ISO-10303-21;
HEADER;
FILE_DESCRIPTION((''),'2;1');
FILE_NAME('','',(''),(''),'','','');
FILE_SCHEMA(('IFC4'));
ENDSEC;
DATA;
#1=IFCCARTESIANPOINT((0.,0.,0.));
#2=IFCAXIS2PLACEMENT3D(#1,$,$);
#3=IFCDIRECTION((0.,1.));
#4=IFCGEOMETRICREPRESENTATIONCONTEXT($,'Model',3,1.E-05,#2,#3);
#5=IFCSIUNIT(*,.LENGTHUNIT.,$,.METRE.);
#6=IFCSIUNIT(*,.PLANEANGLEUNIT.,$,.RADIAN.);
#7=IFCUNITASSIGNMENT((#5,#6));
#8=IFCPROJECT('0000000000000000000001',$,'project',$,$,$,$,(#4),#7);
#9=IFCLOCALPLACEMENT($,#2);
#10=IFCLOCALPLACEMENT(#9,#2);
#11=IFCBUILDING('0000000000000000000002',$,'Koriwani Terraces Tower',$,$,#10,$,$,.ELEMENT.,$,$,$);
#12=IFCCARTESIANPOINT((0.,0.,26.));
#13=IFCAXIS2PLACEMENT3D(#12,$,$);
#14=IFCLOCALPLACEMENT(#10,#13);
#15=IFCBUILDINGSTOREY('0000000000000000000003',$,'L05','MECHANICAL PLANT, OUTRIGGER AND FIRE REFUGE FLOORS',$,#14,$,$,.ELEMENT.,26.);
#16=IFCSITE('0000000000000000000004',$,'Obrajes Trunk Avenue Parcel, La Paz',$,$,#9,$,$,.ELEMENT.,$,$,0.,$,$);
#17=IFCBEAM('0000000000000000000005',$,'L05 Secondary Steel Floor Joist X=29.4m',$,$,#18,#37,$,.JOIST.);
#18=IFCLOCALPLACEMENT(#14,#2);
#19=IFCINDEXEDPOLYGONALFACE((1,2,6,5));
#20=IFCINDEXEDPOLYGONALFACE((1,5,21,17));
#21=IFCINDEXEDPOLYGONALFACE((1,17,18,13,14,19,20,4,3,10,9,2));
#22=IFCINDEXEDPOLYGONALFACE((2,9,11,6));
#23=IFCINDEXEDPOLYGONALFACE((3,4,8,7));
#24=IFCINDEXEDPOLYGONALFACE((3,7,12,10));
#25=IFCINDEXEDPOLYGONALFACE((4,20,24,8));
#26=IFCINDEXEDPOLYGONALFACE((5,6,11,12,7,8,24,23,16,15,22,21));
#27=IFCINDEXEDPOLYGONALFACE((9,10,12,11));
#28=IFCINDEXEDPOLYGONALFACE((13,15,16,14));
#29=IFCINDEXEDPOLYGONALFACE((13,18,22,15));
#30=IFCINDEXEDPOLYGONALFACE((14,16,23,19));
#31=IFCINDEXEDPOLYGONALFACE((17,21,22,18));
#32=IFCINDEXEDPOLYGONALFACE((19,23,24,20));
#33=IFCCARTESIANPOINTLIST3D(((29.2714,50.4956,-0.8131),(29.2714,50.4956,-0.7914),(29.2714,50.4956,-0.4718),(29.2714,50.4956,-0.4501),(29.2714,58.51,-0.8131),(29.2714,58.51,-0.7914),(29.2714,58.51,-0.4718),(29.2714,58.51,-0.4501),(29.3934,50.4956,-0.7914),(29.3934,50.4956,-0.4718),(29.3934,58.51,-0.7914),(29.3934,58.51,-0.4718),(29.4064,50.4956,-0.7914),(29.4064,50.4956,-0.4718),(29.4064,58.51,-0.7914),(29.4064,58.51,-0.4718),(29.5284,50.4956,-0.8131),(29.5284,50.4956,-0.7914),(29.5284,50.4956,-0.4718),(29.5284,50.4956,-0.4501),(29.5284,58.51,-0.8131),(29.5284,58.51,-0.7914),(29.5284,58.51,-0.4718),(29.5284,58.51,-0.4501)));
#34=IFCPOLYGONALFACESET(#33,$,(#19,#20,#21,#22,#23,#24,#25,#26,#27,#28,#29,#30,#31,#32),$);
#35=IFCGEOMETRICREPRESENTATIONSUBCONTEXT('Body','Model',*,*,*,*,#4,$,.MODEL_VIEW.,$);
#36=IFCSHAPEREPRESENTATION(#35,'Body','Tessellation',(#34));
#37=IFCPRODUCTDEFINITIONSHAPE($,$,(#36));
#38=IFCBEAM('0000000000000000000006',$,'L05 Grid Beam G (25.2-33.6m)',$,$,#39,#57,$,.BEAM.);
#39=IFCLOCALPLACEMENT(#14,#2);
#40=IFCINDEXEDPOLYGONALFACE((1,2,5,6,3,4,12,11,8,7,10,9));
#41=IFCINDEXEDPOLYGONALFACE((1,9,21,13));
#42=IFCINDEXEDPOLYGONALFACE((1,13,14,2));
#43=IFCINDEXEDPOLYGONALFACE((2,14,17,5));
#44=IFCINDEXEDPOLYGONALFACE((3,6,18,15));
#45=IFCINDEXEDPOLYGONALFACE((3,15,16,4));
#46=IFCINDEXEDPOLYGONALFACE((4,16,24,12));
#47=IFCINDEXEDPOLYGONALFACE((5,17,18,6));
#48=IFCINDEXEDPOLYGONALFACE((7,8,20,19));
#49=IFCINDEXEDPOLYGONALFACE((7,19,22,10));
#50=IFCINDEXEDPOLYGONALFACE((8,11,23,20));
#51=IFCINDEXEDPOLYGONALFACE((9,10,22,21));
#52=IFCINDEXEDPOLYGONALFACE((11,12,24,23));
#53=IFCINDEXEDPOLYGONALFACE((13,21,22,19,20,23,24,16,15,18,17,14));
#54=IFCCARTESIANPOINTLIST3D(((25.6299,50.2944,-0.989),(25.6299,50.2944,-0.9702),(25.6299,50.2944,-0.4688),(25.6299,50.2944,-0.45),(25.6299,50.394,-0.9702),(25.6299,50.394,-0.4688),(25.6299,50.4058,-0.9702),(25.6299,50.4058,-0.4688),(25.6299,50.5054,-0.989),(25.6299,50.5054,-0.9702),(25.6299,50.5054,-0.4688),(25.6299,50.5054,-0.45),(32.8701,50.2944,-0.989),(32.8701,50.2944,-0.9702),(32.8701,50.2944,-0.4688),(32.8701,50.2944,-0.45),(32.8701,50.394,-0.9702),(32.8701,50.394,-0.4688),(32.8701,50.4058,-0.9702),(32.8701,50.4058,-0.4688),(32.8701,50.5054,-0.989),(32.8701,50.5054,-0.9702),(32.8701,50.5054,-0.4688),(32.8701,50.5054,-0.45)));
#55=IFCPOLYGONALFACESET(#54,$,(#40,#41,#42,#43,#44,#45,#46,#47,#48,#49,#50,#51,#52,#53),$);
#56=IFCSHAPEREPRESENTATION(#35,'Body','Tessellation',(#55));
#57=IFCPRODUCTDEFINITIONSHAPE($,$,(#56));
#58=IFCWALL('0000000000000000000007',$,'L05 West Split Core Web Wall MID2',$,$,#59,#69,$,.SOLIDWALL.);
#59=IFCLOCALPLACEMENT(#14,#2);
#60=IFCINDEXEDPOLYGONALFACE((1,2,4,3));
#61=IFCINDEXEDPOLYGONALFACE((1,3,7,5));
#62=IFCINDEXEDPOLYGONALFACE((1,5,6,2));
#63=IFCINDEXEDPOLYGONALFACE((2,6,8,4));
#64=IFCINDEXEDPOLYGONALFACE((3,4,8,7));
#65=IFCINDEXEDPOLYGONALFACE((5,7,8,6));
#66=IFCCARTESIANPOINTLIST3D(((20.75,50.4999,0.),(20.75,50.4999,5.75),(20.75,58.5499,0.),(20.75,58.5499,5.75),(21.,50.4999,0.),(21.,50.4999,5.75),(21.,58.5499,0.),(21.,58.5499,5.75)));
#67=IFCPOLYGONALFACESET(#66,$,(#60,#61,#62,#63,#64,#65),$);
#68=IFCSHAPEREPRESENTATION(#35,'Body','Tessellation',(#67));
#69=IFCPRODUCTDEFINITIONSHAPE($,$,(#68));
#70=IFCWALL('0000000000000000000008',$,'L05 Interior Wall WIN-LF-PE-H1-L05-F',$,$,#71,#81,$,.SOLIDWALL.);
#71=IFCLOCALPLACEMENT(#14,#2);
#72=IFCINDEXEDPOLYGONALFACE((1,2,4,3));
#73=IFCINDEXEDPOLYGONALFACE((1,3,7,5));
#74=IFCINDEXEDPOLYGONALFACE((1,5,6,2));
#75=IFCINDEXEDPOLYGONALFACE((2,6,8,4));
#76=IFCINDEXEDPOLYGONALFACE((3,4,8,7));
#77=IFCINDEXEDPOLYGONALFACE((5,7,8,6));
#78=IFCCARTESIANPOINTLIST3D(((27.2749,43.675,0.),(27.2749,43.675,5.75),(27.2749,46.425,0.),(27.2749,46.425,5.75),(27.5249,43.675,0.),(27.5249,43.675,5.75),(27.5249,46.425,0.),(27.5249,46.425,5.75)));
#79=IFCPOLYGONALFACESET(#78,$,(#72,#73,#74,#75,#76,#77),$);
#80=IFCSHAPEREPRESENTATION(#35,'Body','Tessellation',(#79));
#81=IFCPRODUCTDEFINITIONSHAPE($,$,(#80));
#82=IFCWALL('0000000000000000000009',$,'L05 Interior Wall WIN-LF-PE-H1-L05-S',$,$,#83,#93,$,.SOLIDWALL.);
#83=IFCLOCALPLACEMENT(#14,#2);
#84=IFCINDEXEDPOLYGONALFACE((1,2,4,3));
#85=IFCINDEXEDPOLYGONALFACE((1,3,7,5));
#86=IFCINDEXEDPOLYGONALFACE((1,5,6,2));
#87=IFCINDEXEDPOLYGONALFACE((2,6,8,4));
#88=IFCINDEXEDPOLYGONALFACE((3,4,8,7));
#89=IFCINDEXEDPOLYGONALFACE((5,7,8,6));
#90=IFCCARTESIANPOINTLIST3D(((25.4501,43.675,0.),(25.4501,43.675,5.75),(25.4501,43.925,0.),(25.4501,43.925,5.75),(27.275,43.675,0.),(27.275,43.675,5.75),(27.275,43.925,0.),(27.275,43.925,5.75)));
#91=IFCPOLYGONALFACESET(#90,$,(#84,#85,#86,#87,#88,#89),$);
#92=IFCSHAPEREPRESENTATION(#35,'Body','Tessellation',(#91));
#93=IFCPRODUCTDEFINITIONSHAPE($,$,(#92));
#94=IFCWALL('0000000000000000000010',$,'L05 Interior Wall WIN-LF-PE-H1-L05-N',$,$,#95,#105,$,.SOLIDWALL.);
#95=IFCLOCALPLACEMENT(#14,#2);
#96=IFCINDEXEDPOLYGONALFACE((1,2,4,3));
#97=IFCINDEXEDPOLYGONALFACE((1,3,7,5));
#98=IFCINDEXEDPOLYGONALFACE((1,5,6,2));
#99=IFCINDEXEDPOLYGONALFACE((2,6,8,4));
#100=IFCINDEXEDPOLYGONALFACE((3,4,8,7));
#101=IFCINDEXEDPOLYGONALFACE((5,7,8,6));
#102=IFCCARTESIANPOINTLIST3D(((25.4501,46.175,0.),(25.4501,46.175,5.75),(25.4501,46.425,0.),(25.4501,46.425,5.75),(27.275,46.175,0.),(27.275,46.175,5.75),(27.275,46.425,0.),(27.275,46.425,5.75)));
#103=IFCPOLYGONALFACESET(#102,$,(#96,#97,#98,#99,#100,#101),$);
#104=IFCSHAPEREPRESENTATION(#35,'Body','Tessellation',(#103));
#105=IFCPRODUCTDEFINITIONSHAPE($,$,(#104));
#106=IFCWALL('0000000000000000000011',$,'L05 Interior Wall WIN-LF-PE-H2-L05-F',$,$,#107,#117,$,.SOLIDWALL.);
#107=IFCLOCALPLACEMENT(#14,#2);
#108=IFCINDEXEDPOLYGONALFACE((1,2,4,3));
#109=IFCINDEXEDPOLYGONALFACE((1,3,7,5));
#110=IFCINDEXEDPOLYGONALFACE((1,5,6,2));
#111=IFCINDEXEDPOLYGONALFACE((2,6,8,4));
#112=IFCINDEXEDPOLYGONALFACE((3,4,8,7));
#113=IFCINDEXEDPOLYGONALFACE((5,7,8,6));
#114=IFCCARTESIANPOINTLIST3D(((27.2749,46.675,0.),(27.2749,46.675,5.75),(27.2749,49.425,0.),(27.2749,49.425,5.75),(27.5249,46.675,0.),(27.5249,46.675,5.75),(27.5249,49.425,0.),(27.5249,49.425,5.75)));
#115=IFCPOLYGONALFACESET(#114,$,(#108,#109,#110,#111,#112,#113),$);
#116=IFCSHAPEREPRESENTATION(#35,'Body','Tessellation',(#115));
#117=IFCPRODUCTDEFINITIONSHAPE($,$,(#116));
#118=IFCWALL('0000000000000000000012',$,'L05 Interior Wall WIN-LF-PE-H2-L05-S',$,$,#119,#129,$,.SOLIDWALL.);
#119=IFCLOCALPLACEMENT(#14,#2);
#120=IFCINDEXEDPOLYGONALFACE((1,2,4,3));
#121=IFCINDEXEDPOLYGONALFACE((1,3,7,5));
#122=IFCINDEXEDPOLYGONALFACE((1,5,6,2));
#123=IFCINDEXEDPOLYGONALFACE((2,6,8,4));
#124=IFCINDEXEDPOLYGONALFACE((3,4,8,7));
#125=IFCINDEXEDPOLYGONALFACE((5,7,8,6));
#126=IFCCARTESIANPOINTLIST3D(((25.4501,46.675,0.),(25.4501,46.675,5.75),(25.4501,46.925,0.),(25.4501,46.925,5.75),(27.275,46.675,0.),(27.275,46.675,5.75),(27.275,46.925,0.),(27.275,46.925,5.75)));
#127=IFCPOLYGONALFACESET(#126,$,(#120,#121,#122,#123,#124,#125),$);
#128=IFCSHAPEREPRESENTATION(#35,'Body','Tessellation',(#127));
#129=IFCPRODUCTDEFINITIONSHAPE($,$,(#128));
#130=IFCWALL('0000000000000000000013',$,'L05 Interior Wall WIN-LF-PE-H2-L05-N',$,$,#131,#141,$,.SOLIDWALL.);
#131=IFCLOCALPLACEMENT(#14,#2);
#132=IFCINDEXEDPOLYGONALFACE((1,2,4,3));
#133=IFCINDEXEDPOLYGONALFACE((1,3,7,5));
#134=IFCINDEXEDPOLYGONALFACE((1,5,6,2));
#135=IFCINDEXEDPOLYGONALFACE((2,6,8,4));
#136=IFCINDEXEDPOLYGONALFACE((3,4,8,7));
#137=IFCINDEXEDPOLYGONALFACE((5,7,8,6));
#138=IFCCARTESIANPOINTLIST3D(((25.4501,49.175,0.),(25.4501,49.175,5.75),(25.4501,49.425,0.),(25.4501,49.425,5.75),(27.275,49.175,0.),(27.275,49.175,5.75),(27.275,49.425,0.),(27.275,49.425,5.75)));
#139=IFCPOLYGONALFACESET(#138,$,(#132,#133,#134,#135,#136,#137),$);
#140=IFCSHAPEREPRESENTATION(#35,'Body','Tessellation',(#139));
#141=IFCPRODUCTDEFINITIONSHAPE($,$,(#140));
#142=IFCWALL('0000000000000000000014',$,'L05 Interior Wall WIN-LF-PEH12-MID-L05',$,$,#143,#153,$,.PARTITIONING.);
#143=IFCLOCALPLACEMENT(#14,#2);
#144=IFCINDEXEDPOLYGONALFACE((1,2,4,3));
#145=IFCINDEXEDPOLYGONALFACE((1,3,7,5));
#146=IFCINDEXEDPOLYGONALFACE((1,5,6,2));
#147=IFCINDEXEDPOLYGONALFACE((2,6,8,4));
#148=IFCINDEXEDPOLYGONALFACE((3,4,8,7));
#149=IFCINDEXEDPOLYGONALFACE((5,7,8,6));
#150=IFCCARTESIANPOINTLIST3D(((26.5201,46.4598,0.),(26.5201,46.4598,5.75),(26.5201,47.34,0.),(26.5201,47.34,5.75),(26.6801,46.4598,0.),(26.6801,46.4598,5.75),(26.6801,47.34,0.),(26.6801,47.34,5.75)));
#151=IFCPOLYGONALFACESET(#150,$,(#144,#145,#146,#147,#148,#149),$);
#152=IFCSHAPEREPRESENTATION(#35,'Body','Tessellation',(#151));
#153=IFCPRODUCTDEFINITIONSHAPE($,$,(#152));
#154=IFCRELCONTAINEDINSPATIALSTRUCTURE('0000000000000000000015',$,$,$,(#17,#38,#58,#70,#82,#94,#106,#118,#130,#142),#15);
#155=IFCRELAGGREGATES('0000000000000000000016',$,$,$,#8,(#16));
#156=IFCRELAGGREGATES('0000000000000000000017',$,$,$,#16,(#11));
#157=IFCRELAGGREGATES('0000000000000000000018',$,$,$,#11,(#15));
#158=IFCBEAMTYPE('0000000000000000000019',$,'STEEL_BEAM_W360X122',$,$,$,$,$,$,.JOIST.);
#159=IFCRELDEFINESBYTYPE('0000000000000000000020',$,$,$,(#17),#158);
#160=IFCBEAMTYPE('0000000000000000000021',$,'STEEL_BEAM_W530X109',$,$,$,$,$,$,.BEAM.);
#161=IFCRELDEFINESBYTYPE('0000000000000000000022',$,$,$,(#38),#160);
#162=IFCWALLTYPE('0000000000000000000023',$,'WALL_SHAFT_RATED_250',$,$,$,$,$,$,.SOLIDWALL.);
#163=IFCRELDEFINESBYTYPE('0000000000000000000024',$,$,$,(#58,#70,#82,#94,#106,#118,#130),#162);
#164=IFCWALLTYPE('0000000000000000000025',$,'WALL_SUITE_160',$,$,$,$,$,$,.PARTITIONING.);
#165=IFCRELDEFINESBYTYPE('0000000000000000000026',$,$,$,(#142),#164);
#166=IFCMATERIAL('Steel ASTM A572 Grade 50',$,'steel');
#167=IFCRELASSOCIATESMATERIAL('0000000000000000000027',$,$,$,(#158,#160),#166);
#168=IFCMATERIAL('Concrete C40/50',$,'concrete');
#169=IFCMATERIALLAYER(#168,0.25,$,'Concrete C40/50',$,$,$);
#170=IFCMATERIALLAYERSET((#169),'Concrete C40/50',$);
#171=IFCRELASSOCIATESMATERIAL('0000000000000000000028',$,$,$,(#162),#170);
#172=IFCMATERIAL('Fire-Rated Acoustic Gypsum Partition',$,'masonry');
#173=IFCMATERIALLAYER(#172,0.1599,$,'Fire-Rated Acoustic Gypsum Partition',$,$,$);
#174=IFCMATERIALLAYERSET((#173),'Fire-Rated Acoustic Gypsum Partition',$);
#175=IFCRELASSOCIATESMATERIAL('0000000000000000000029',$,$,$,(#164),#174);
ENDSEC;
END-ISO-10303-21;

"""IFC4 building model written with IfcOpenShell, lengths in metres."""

from ifc_helpers import new_model, si_unit, direction, frame, frame_2d, origin, origin_2d, place, context, subcontext, project, spatial, rectangle, i_section, extrude, material, layer, layer_set, material_profile, profile_set, type_object, element, save


model = new_model("IFC4")

# Units and contexts
model_context = context("Model", 3, precision=1e-05, world=origin(), true_north=direction((0.0, 1.0)))
body_context = subcontext(model_context, "Body", "Model", "MODEL_VIEW")
ifc_project = project(units=[si_unit("LENGTHUNIT", "METRE"), si_unit("PLANEANGLEUNIT", "RADIAN")], contexts=[model_context])

# Site, building, storey
site_placement = place(None, origin())
site = spatial("IfcSite", under=ifc_project, at=site_placement, Name="Obrajes Trunk Avenue Parcel, La Paz", CompositionType="ELEMENT", RefElevation=0.0)
building_placement = place(site_placement, origin())
building = spatial("IfcBuilding", under=site, at=building_placement, Name="Koriwani Terraces Tower", CompositionType="ELEMENT")
storey_placement = place(building_placement, frame((0.0, 0.0, 26.0)))
storey = spatial("IfcBuildingStorey", under=building, at=storey_placement, Name="L05", Description="MECHANICAL PLANT, OUTRIGGER AND FIRE REFUGE FLOORS", CompositionType="ELEMENT", Elevation=26.0)

# Beams
ifc_material_1 = material(Name="Steel ASTM A572 Grade 50", Category="steel")
ifc_material_profile_1 = material_profile(ifc_material_1, i_section(OverallWidth=0.2571, OverallDepth=0.363, WebThickness=0.0129, FlangeThickness=0.0217, at=origin_2d()), Name="Steel ASTM A572 Grade 50", Category="LoadBearing")
ifc_profile_set_1 = profile_set([ifc_material_profile_1], Name="Steel ASTM A572 Grade 50")
beam_type_1 = type_object("IfcBeamType", Name="STEEL_BEAM_W360X122", PredefinedType="JOIST", material=ifc_profile_set_1)
beam_1_placement = place(storey_placement, frame((29.3999, 50.4956, -0.6316), z_axis=(0.0, 1.0, 0.0), x_axis=(-1.0, 0.0, 0.0)))
element("IfcBeam", 1, at=beam_1_placement, inside=storey, type_object=beam_type_1, Name="L05 Secondary Steel Floor Joist X=29.4m", PredefinedType="JOIST", context=body_context, shape_type="SweptSolid", body=[
    extrude(i_section(OverallWidth=0.2571, OverallDepth=0.363, WebThickness=0.0129, FlangeThickness=0.0217, at=origin_2d()), origin(), (0.0, 0.0, 1.0), 8.0144),
])
ifc_material_profile_2 = material_profile(ifc_material_1, i_section(OverallWidth=0.2109, OverallDepth=0.5391, WebThickness=0.0117, FlangeThickness=0.0188, at=origin_2d()), Name="Steel ASTM A572 Grade 50", Category="LoadBearing")
ifc_profile_set_2 = profile_set([ifc_material_profile_2], Name="Steel ASTM A572 Grade 50")
beam_type_2 = type_object("IfcBeamType", Name="STEEL_BEAM_W530X109", PredefinedType="BEAM", material=ifc_profile_set_2)
beam_2_placement = place(storey_placement, frame((25.6299, 50.3999, -0.7195), z_axis=(1.0, 0.0, 0.0), x_axis=(0.0, 1.0, 0.0)))
element("IfcBeam", 2, at=beam_2_placement, inside=storey, type_object=beam_type_2, Name="L05 Grid Beam G (25.2-33.6m)", PredefinedType="BEAM", context=body_context, shape_type="SweptSolid", body=[
    extrude(i_section(OverallWidth=0.2109, OverallDepth=0.5391, WebThickness=0.0117, FlangeThickness=0.0188, at=origin_2d()), origin(), (0.0, 0.0, 1.0), 7.2402),
])

# Wall
ifc_material_2 = material(Name="Concrete C40/50", Category="concrete")
ifc_layer_1 = layer(ifc_material_2, 0.25, Name="Concrete C40/50")
ifc_layer_set_1 = layer_set([ifc_layer_1], Name="Concrete C40/50")
wall_type_1 = type_object("IfcWallType", Name="WALL_SHAFT_RATED_250", PredefinedType="SOLIDWALL", material=ifc_layer_set_1)
wall_1_placement = place(storey_placement, frame((20.875, 50.5, 0.0), z_axis=(0.0, 0.0, 1.0), x_axis=(0.0, 1.0, 0.0)))
element("IfcWall", 3, at=wall_1_placement, inside=storey, type_object=wall_type_1, Name="L05 West Split Core Web Wall MID2", PredefinedType="SOLIDWALL", context=body_context, shape_type="SweptSolid", body=[
    extrude(rectangle(XDim=8.05, YDim=0.25, at=frame_2d((4.0249, 0.0))), origin(), (0.0, 0.0, 1.0), 5.75),
])

# Walls
wall_2_placement = place(storey_placement, frame((27.3999, 43.675, 0.0), z_axis=(0.0, 0.0, 1.0), x_axis=(0.0, 1.0, 0.0)))
element("IfcWall", 4, at=wall_2_placement, inside=storey, type_object=wall_type_1, Name="L05 Interior Wall WIN-LF-PE-H1-L05-F", PredefinedType="SOLIDWALL", context=body_context, shape_type="SweptSolid", body=[
    extrude(rectangle(XDim=2.75, YDim=0.25, at=frame_2d((1.375, 0.0))), origin(), (0.0, 0.0, 1.0), 5.75),
])
for number, where, z_axis, x_axis, name in (
    (5, (25.45, 43.8, 0.0), (0.0, 0.0, 1.0), (1.0, 0.0, 0.0), "L05 Interior Wall WIN-LF-PE-H1-L05-S"),
    (6, (25.45, 46.3, 0.0), (0.0, 0.0, 1.0), (1.0, 0.0, 0.0), "L05 Interior Wall WIN-LF-PE-H1-L05-N"),
):
    element("IfcWall", number, at=place(storey_placement, frame(where, z_axis=z_axis, x_axis=x_axis)), inside=storey, type_object=wall_type_1, Name=name, PredefinedType="SOLIDWALL", context=body_context, shape_type="SweptSolid", body=[
        extrude(rectangle(XDim=1.825, YDim=0.25, at=frame_2d((0.9126, 0.0))), origin(), (0.0, 0.0, 1.0), 5.75),
    ])
wall_3_placement = place(storey_placement, frame((27.3999, 46.675, 0.0), z_axis=(0.0, 0.0, 1.0), x_axis=(0.0, 1.0, 0.0)))
element("IfcWall", 7, at=wall_3_placement, inside=storey, type_object=wall_type_1, Name="L05 Interior Wall WIN-LF-PE-H2-L05-F", PredefinedType="SOLIDWALL", context=body_context, shape_type="SweptSolid", body=[
    extrude(rectangle(XDim=2.75, YDim=0.25, at=frame_2d((1.375, 0.0))), origin(), (0.0, 0.0, 1.0), 5.75),
])
for number, where, z_axis, x_axis, name in (
    (8, (25.45, 46.8, 0.0), (0.0, 0.0, 1.0), (1.0, 0.0, 0.0), "L05 Interior Wall WIN-LF-PE-H2-L05-S"),
    (9, (25.45, 49.3, 0.0), (0.0, 0.0, 1.0), (1.0, 0.0, 0.0), "L05 Interior Wall WIN-LF-PE-H2-L05-N"),
):
    element("IfcWall", number, at=place(storey_placement, frame(where, z_axis=z_axis, x_axis=x_axis)), inside=storey, type_object=wall_type_1, Name=name, PredefinedType="SOLIDWALL", context=body_context, shape_type="SweptSolid", body=[
        extrude(rectangle(XDim=1.825, YDim=0.25, at=frame_2d((0.9126, 0.0))), origin(), (0.0, 0.0, 1.0), 5.75),
    ])
ifc_material_3 = material(Name="Fire-Rated Acoustic Gypsum Partition", Category="masonry")
ifc_layer_2 = layer(ifc_material_3, 0.1599, Name="Fire-Rated Acoustic Gypsum Partition")
ifc_layer_set_2 = layer_set([ifc_layer_2], Name="Fire-Rated Acoustic Gypsum Partition")
wall_type_2 = type_object("IfcWallType", Name="WALL_SUITE_160", PredefinedType="PARTITIONING", material=ifc_layer_set_2)
wall_4_placement = place(storey_placement, frame((26.6001, 46.46, 0.0), z_axis=(0.0, 0.0, 1.0), x_axis=(0.0, 1.0, 0.0)))
element("IfcWall", 10, at=wall_4_placement, inside=storey, type_object=wall_type_2, Name="L05 Interior Wall WIN-LF-PEH12-MID-L05", PredefinedType="PARTITIONING", context=body_context, shape_type="SweptSolid", body=[
    extrude(rectangle(XDim=0.8801, YDim=0.1599, at=frame_2d((0.4399, 0.0))), origin(), (0.0, 0.0, 1.0), 5.75),
])

save(model, "model.ifc")
